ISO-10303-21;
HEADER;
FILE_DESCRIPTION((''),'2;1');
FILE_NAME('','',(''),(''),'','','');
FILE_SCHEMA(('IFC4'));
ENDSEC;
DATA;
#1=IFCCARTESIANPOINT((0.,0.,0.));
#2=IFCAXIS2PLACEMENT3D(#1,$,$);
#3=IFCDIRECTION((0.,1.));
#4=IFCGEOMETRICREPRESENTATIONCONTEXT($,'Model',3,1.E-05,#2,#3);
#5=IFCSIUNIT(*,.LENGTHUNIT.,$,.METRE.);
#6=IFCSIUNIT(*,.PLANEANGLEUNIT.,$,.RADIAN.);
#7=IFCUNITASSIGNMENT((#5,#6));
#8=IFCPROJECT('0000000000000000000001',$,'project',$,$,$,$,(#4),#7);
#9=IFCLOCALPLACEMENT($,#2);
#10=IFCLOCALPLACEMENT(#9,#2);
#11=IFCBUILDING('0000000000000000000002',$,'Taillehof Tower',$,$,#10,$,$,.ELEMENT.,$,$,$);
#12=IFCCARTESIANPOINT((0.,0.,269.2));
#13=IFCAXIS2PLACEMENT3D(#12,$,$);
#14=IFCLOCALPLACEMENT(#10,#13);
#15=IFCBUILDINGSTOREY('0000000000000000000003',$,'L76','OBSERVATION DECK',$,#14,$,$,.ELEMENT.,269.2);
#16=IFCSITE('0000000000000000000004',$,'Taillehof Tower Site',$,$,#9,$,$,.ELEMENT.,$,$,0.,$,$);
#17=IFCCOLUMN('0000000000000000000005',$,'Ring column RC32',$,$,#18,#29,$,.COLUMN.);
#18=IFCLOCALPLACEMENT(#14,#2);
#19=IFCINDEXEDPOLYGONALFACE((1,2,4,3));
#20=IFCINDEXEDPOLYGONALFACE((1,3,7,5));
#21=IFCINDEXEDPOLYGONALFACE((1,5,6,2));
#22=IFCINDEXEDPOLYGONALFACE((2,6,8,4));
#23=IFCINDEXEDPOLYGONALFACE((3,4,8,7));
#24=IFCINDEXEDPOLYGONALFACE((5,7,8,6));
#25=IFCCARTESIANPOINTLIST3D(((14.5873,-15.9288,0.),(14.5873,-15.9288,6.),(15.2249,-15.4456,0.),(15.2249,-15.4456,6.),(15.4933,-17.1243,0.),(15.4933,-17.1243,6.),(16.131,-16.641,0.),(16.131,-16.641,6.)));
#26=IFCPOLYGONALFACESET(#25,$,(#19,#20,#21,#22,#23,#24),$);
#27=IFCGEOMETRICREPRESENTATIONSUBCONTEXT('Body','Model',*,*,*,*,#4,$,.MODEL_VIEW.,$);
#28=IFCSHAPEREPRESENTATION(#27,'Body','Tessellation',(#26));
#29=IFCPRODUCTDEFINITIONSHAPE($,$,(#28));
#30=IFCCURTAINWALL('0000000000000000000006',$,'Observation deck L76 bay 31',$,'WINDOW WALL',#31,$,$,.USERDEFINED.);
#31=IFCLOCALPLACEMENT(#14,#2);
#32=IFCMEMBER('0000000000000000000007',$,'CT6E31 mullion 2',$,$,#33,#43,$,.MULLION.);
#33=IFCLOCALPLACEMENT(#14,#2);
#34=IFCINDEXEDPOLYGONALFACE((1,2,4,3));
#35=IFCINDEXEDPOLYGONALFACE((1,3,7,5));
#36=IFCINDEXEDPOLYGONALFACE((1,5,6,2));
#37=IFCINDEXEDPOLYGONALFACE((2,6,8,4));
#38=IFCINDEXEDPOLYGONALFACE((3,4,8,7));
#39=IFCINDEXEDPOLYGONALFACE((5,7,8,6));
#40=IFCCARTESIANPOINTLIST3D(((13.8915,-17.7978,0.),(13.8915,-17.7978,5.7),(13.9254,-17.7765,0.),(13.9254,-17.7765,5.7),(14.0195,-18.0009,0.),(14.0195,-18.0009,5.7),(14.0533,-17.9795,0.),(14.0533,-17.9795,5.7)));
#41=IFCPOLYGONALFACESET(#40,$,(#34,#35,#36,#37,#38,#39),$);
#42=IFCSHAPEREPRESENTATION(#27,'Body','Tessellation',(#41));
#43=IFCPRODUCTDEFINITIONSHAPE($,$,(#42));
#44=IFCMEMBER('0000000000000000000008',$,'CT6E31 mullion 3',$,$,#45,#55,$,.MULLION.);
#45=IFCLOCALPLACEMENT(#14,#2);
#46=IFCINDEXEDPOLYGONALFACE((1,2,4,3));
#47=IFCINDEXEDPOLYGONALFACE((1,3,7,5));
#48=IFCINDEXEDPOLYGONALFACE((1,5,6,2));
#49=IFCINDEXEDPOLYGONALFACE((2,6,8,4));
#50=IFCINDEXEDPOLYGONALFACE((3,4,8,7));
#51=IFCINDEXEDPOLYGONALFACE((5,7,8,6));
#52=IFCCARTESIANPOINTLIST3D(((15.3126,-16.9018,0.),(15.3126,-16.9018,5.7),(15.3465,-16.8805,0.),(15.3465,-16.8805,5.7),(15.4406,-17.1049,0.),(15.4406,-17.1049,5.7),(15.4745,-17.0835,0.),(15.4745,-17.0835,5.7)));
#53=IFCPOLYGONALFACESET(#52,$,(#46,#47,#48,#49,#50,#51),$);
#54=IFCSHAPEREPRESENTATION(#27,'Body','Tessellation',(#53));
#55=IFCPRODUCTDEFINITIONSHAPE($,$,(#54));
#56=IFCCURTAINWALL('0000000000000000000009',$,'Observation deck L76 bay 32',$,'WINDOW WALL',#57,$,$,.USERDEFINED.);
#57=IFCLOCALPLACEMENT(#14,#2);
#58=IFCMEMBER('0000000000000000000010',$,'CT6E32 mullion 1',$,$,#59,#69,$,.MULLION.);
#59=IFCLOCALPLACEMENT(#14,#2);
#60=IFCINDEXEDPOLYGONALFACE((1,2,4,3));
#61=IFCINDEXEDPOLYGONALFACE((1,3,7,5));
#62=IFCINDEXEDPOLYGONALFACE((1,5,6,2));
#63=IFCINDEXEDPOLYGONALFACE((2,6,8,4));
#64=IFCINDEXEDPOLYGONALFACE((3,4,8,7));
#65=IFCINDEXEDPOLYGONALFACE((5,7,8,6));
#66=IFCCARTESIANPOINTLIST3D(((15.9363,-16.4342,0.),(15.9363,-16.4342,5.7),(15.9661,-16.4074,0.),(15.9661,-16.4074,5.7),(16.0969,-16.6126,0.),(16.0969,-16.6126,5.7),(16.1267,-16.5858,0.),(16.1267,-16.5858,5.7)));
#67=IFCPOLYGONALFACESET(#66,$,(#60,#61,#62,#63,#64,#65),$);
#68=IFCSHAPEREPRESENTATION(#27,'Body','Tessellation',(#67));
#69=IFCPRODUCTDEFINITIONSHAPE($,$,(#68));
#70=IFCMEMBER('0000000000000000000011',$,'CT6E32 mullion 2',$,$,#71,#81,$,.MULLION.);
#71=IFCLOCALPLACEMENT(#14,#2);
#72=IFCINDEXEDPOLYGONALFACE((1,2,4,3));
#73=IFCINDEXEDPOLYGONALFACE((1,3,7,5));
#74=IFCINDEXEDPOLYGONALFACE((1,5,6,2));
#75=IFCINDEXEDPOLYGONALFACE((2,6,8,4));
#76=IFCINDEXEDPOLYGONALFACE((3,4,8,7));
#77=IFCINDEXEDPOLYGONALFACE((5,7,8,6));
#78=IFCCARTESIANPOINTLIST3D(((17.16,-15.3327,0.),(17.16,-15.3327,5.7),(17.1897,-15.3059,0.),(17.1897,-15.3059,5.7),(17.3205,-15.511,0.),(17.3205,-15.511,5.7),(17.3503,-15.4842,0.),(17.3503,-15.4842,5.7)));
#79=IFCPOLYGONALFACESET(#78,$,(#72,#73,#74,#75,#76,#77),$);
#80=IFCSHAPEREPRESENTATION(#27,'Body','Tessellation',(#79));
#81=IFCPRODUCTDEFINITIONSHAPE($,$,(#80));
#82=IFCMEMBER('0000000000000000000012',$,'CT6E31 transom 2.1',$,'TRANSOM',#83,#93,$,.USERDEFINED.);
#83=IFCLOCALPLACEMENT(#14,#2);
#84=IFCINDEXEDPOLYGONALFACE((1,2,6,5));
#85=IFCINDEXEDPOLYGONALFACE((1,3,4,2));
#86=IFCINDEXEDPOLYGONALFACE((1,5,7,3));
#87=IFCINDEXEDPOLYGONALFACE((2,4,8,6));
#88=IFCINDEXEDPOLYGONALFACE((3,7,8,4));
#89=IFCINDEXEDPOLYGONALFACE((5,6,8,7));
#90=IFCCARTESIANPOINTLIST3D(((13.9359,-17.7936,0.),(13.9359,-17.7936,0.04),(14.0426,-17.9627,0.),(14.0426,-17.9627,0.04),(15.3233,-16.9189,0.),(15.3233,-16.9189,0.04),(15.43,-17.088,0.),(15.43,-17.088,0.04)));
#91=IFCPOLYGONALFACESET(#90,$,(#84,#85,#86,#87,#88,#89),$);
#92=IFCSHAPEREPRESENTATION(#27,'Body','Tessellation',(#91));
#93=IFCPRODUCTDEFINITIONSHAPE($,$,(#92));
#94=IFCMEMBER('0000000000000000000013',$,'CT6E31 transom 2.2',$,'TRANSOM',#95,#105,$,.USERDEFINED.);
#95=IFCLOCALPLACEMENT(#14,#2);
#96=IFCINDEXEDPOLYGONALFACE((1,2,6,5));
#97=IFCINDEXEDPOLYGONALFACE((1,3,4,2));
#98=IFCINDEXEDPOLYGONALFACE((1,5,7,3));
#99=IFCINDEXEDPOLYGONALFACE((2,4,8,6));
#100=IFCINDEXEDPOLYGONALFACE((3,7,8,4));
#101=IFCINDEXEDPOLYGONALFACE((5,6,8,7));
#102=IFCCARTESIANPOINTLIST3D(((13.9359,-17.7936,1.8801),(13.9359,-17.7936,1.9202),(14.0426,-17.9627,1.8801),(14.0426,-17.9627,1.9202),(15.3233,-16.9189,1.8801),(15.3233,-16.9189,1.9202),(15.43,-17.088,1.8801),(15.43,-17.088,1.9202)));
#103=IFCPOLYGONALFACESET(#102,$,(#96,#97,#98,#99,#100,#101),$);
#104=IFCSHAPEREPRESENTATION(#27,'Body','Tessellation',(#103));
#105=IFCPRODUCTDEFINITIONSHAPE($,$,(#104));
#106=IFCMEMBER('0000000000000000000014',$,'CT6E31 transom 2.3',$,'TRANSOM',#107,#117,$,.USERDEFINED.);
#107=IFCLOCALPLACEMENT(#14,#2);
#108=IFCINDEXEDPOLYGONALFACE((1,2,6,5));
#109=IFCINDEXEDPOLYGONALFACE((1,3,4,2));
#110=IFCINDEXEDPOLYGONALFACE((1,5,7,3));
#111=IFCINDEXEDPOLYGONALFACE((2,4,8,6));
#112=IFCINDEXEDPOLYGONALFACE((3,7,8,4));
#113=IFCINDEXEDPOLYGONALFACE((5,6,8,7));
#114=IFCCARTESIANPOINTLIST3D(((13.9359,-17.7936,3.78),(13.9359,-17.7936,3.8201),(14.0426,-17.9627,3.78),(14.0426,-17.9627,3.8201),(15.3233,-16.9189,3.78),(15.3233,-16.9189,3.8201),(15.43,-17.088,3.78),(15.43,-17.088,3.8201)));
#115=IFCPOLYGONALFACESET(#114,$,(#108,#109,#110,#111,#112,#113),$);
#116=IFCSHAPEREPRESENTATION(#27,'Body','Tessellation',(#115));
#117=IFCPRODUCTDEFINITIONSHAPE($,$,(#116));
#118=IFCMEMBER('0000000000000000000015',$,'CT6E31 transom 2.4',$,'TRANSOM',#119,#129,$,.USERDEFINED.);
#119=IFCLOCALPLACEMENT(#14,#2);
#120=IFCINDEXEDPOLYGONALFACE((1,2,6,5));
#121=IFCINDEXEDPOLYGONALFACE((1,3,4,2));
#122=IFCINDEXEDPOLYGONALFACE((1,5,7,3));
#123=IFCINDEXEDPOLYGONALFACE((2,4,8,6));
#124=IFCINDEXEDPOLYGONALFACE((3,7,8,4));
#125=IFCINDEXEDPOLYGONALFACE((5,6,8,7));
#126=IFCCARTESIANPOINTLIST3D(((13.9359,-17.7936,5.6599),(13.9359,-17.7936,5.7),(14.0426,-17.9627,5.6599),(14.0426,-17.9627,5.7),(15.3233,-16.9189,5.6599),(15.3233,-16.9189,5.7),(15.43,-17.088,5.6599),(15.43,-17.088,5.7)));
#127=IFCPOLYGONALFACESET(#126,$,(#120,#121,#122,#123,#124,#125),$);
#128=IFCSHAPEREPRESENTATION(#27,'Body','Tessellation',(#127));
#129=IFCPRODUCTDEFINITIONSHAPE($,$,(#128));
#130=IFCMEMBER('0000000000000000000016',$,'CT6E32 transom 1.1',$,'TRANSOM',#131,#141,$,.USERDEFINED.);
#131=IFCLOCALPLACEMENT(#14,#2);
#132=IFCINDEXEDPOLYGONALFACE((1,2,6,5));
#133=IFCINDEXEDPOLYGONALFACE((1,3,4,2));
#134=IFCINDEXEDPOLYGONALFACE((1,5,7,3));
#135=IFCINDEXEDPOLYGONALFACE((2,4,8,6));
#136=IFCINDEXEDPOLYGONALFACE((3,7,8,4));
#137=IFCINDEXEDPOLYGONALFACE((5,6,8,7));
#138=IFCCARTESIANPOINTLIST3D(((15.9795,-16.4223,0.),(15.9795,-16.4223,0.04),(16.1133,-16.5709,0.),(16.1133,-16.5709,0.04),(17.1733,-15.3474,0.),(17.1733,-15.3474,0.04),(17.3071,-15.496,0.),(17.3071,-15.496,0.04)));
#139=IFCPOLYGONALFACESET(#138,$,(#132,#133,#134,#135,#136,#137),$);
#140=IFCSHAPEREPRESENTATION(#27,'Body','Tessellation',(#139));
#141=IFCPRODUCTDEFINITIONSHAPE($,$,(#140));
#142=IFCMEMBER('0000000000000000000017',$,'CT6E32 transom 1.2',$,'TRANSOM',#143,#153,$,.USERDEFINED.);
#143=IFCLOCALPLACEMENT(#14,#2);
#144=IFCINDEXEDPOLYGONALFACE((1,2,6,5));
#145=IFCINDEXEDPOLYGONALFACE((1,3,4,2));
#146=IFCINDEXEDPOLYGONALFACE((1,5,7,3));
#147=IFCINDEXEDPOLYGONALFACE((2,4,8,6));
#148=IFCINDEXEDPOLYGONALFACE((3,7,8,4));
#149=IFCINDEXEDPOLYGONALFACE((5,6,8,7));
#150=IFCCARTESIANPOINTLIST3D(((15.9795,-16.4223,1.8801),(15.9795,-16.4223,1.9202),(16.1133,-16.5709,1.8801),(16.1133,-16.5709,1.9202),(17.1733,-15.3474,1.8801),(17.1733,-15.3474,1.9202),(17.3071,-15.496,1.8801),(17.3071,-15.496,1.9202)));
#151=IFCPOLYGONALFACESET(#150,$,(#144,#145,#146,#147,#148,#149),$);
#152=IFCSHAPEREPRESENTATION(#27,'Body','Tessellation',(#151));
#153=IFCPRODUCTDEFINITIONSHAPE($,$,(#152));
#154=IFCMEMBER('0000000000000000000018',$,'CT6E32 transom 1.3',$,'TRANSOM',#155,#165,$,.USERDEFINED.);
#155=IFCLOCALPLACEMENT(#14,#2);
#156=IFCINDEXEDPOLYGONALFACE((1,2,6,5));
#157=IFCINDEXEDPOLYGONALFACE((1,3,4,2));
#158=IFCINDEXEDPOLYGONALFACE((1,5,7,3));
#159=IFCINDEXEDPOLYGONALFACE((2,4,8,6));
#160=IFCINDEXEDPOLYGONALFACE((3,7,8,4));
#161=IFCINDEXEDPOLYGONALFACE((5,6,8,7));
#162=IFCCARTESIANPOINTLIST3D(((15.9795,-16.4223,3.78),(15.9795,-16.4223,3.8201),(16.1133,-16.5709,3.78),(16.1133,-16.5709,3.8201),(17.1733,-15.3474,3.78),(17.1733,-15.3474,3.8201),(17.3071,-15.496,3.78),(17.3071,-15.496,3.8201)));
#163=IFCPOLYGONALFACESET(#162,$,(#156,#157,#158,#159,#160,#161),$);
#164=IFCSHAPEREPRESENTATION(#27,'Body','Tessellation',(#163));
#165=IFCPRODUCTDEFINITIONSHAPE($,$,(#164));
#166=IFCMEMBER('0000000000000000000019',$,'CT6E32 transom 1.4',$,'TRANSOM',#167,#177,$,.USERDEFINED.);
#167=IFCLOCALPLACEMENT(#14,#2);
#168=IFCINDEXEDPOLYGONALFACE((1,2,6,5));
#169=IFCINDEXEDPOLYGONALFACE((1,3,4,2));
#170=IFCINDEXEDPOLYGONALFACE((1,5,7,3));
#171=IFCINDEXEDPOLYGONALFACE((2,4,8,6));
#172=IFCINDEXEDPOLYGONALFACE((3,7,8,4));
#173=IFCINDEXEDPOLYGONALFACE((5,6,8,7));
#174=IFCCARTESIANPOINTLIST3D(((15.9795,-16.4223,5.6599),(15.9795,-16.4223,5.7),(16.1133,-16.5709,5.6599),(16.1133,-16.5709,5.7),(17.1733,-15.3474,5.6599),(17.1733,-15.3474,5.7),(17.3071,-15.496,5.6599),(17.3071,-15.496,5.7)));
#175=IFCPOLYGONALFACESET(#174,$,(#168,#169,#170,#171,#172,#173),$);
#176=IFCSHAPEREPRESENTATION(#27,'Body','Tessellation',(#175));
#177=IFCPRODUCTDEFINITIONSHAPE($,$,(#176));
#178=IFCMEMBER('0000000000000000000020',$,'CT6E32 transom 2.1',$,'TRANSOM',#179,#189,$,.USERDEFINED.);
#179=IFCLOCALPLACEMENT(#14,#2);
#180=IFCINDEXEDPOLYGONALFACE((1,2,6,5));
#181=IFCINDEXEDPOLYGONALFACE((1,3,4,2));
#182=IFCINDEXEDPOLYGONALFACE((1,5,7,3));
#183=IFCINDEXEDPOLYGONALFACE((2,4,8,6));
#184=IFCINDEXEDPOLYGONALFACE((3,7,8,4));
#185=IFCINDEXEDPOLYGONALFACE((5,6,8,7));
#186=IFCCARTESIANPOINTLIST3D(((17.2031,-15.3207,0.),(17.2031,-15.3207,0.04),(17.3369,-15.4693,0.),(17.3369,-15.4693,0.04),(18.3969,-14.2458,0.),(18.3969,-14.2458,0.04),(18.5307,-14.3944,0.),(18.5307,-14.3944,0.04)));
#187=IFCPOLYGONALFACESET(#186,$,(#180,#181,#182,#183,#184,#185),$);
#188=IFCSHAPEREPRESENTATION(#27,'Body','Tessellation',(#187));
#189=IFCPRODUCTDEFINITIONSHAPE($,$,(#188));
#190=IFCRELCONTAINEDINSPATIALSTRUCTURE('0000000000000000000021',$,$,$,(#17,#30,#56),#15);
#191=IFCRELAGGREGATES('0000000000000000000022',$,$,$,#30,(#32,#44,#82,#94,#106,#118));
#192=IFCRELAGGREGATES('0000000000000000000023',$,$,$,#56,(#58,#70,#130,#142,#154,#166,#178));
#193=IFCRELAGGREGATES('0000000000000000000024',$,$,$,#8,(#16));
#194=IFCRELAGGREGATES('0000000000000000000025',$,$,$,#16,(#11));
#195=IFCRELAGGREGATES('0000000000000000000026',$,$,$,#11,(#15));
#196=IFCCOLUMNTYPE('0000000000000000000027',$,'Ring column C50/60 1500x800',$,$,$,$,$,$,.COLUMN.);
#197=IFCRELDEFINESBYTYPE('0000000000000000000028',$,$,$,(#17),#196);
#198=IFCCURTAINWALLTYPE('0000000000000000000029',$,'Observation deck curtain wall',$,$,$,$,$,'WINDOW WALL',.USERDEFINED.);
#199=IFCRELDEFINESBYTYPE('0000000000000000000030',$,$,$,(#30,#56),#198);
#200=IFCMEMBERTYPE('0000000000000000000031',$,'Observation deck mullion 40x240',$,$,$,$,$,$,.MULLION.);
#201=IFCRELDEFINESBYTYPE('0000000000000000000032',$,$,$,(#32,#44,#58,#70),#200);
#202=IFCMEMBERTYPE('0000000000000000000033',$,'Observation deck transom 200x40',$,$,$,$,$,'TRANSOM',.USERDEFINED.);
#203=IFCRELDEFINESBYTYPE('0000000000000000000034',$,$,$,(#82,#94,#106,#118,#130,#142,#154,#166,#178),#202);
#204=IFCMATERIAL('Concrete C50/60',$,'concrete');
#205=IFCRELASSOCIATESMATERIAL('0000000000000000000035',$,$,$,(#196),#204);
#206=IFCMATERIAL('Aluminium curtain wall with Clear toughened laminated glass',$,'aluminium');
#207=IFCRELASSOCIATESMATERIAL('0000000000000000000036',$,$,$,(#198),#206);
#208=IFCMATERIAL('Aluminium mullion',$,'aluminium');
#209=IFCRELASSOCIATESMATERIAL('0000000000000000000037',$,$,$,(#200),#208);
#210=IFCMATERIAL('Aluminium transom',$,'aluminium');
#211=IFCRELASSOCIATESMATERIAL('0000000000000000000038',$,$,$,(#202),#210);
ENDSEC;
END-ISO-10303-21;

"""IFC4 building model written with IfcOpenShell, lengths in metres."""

from ifc_helpers import new_model, si_unit, direction, frame, origin, origin_2d, place, context, subcontext, project, spatial, rectangle, extrude, material, material_profile, profile_set, type_object, element, aggregate, save


model = new_model("IFC4")

# Units and contexts
model_context = context("Model", 3, precision=1e-05, world=origin(), true_north=direction((0.0, 1.0)))
body_context = subcontext(model_context, "Body", "Model", "MODEL_VIEW")
ifc_project = project(units=[si_unit("LENGTHUNIT", "METRE"), si_unit("PLANEANGLEUNIT", "RADIAN")], contexts=[model_context])

# Site, building, storey
site_placement = place(None, origin())
site = spatial("IfcSite", under=ifc_project, at=site_placement, Name="Taillehof Tower Site", CompositionType="ELEMENT", RefElevation=0.0)
building_placement = place(site_placement, origin())
building = spatial("IfcBuilding", under=site, at=building_placement, Name="Taillehof Tower", CompositionType="ELEMENT")
storey_placement = place(building_placement, frame((0.0, 0.0, 269.2)))
storey = spatial("IfcBuildingStorey", under=building, at=storey_placement, Name="L76", Description="OBSERVATION DECK", CompositionType="ELEMENT", Elevation=269.2)

# Column
ifc_material_1 = material(Name="Concrete C50/60", Category="concrete")
ifc_material_profile_1 = material_profile(ifc_material_1, rectangle(XDim=1.5, YDim=0.8, at=origin_2d()), Name="RC 1500x800")
ifc_profile_set_1 = profile_set([ifc_material_profile_1], Name="Concrete C50/60")
column_type = type_object("IfcColumnType", Name="Ring column C50/60 1500x800", PredefinedType="COLUMN", material=ifc_profile_set_1)
column_placement = place(storey_placement, frame((15.3591, -16.2849, 0.0), z_axis=(0.0, 0.0, 1.0), x_axis=(0.60402, -0.796969, 0.0)))
element("IfcColumn", 1, at=column_placement, inside=storey, type_object=column_type, Name="Ring column RC32", PredefinedType="COLUMN", context=body_context, shape_type="SweptSolid", body=[
    extrude(rectangle(XDim=1.5, YDim=0.8, at=origin_2d()), origin(), (0.0, 0.0, 1.0), 6.0),
])

# Curtain walls, members
ifc_material_2 = material(Name="Aluminium curtain wall with Clear toughened laminated glass", Category="aluminium")
curtain_wall_type = type_object("IfcCurtainWallType", Name="Observation deck curtain wall", ElementType="WINDOW WALL", PredefinedType="USERDEFINED", material=ifc_material_2)
curtain_wall_1_placement = place(storey_placement, origin())
curtain_wall_1 = element("IfcCurtainWall", 2, at=curtain_wall_1_placement, inside=storey, type_object=curtain_wall_type, Name="Observation deck L76 bay 31", ObjectType="WINDOW WALL", PredefinedType="USERDEFINED")
ifc_material_3 = material(Name="Aluminium mullion", Category="aluminium")
ifc_material_profile_2 = material_profile(ifc_material_3, rectangle(XDim=0.24, YDim=0.04, at=origin_2d()), Name="AL 40x240")
ifc_profile_set_2 = profile_set([ifc_material_profile_2], Name="Aluminium mullion")
member_type_1 = type_object("IfcMemberType", Name="Observation deck mullion 40x240", PredefinedType="MULLION", material=ifc_profile_set_2)
member_1_placement = place(storey_placement, frame((13.9724, -17.8887, 0.0), z_axis=(0.0, 0.0, 1.0), x_axis=(-0.533294, 0.84593, 0.0)))
member_1 = element("IfcMember", 3, at=member_1_placement, type_object=member_type_1, Name="CT6E31 mullion 2", PredefinedType="MULLION", context=body_context, shape_type="SweptSolid", body=[
    extrude(rectangle(XDim=0.24, YDim=0.04, at=origin_2d()), origin(), (0.0, 0.0, 1.0), 5.7),
])
member_2_placement = place(storey_placement, frame((15.3936, -16.9927, 0.0), z_axis=(0.0, 0.0, 1.0), x_axis=(-0.533294, 0.84593, 0.0)))
member_2 = element("IfcMember", 4, at=member_2_placement, type_object=member_type_1, Name="CT6E31 mullion 3", PredefinedType="MULLION", context=body_context, shape_type="SweptSolid", body=[
    extrude(rectangle(XDim=0.24, YDim=0.04, at=origin_2d()), origin(), (0.0, 0.0, 1.0), 5.7),
])
curtain_wall_2_placement = place(storey_placement, origin())
curtain_wall_2 = element("IfcCurtainWall", 5, at=curtain_wall_2_placement, inside=storey, type_object=curtain_wall_type, Name="Observation deck L76 bay 32", ObjectType="WINDOW WALL", PredefinedType="USERDEFINED")
member_3_placement = place(storey_placement, frame((16.0315, -16.51, 0.0), z_axis=(0.0, 0.0, 1.0), x_axis=(-0.669107, 0.743166, 0.0)))
member_3 = element("IfcMember", 6, at=member_3_placement, type_object=member_type_1, Name="CT6E32 mullion 1", PredefinedType="MULLION", context=body_context, shape_type="SweptSolid", body=[
    extrude(rectangle(XDim=0.24, YDim=0.04, at=origin_2d()), origin(), (0.0, 0.0, 1.0), 5.7),
])
member_4_placement = place(storey_placement, frame((17.2551, -15.4084, 0.0), z_axis=(0.0, 0.0, 1.0), x_axis=(-0.669107, 0.743166, 0.0)))
member_4 = element("IfcMember", 7, at=member_4_placement, type_object=member_type_1, Name="CT6E32 mullion 2", PredefinedType="MULLION", context=body_context, shape_type="SweptSolid", body=[
    extrude(rectangle(XDim=0.24, YDim=0.04, at=origin_2d()), origin(), (0.0, 0.0, 1.0), 5.7),
])

# Members
ifc_material_4 = material(Name="Aluminium transom", Category="aluminium")
ifc_material_profile_3 = material_profile(ifc_material_4, rectangle(XDim=0.2, YDim=0.04, at=origin_2d()), Name="AL 200x40")
ifc_profile_set_3 = profile_set([ifc_material_profile_3], Name="Aluminium transom")
member_type_2 = type_object("IfcMemberType", Name="Observation deck transom 200x40", ElementType="TRANSOM", PredefinedType="USERDEFINED", material=ifc_profile_set_3)
member_5_placement = place(storey_placement, frame((13.9893, -17.8782, 0.02), z_axis=(0.84591, 0.533326, 0.0), x_axis=(-0.533326, 0.84591, 0.0)))
member_5 = element("IfcMember", 8, at=member_5_placement, type_object=member_type_2, Name="CT6E31 transom 2.1", ObjectType="TRANSOM", PredefinedType="USERDEFINED", context=body_context, shape_type="SweptSolid", body=[
    extrude(rectangle(XDim=0.2, YDim=0.04, at=origin_2d()), origin(), (0.0, 0.0, 1.0), 1.6401),
])
member_6_placement = place(storey_placement, frame((13.9893, -17.8782, 1.9001), z_axis=(0.84591, 0.533326, 0.0), x_axis=(-0.533326, 0.84591, 0.0)))
member_6 = element("IfcMember", 9, at=member_6_placement, type_object=member_type_2, Name="CT6E31 transom 2.2", ObjectType="TRANSOM", PredefinedType="USERDEFINED", context=body_context, shape_type="SweptSolid", body=[
    extrude(rectangle(XDim=0.2, YDim=0.04, at=origin_2d()), origin(), (0.0, 0.0, 1.0), 1.6401),
])
member_7_placement = place(storey_placement, frame((13.9893, -17.8782, 3.8), z_axis=(0.84591, 0.533326, 0.0), x_axis=(-0.533326, 0.84591, 0.0)))
member_7 = element("IfcMember", 10, at=member_7_placement, type_object=member_type_2, Name="CT6E31 transom 2.3", ObjectType="TRANSOM", PredefinedType="USERDEFINED", context=body_context, shape_type="SweptSolid", body=[
    extrude(rectangle(XDim=0.2, YDim=0.04, at=origin_2d()), origin(), (0.0, 0.0, 1.0), 1.6401),
])
member_8_placement = place(storey_placement, frame((13.9893, -17.8782, 5.6799), z_axis=(0.84591, 0.533326, 0.0), x_axis=(-0.533326, 0.84591, 0.0)))
member_8 = element("IfcMember", 11, at=member_8_placement, type_object=member_type_2, Name="CT6E31 transom 2.4", ObjectType="TRANSOM", PredefinedType="USERDEFINED", context=body_context, shape_type="SweptSolid", body=[
    extrude(rectangle(XDim=0.2, YDim=0.04, at=origin_2d()), origin(), (0.0, 0.0, 1.0), 1.6401),
])
member_9_placement = place(storey_placement, frame((16.0464, -16.4966, 0.02), z_axis=(0.743143, 0.669133, 0.0), x_axis=(-0.669133, 0.743143, 0.0)))
member_9 = element("IfcMember", 12, at=member_9_placement, type_object=member_type_2, Name="CT6E32 transom 1.1", ObjectType="TRANSOM", PredefinedType="USERDEFINED", context=body_context, shape_type="SweptSolid", body=[
    extrude(rectangle(XDim=0.2, YDim=0.04, at=origin_2d()), origin(), (0.0, 0.0, 1.0), 1.6064),
])
member_10_placement = place(storey_placement, frame((16.0464, -16.4966, 1.9001), z_axis=(0.743143, 0.669133, 0.0), x_axis=(-0.669133, 0.743143, 0.0)))
member_10 = element("IfcMember", 13, at=member_10_placement, type_object=member_type_2, Name="CT6E32 transom 1.2", ObjectType="TRANSOM", PredefinedType="USERDEFINED", context=body_context, shape_type="SweptSolid", body=[
    extrude(rectangle(XDim=0.2, YDim=0.04, at=origin_2d()), origin(), (0.0, 0.0, 1.0), 1.6064),
])
member_11_placement = place(storey_placement, frame((16.0464, -16.4966, 3.8), z_axis=(0.743143, 0.669133, 0.0), x_axis=(-0.669133, 0.743143, 0.0)))
member_11 = element("IfcMember", 14, at=member_11_placement, type_object=member_type_2, Name="CT6E32 transom 1.3", ObjectType="TRANSOM", PredefinedType="USERDEFINED", context=body_context, shape_type="SweptSolid", body=[
    extrude(rectangle(XDim=0.2, YDim=0.04, at=origin_2d()), origin(), (0.0, 0.0, 1.0), 1.6064),
])
member_12_placement = place(storey_placement, frame((16.0464, -16.4966, 5.6799), z_axis=(0.743143, 0.669133, 0.0), x_axis=(-0.669133, 0.743143, 0.0)))
member_12 = element("IfcMember", 15, at=member_12_placement, type_object=member_type_2, Name="CT6E32 transom 1.4", ObjectType="TRANSOM", PredefinedType="USERDEFINED", context=body_context, shape_type="SweptSolid", body=[
    extrude(rectangle(XDim=0.2, YDim=0.04, at=origin_2d()), origin(), (0.0, 0.0, 1.0), 1.6064),
])
member_13_placement = place(storey_placement, frame((17.27, -15.395, 0.02), z_axis=(0.743143, 0.669133, 0.0), x_axis=(-0.669133, 0.743143, 0.0)))
member_13 = element("IfcMember", 16, at=member_13_placement, type_object=member_type_2, Name="CT6E32 transom 2.1", ObjectType="TRANSOM", PredefinedType="USERDEFINED", context=body_context, shape_type="SweptSolid", body=[
    extrude(rectangle(XDim=0.2, YDim=0.04, at=origin_2d()), origin(), (0.0, 0.0, 1.0), 1.6064),
])

aggregate(curtain_wall_1, [member_1, member_2, member_5, member_6, member_7, member_8])
aggregate(curtain_wall_2, [member_3, member_4, member_9, member_10, member_11, member_12, member_13])

save(model, "model.ifc")
